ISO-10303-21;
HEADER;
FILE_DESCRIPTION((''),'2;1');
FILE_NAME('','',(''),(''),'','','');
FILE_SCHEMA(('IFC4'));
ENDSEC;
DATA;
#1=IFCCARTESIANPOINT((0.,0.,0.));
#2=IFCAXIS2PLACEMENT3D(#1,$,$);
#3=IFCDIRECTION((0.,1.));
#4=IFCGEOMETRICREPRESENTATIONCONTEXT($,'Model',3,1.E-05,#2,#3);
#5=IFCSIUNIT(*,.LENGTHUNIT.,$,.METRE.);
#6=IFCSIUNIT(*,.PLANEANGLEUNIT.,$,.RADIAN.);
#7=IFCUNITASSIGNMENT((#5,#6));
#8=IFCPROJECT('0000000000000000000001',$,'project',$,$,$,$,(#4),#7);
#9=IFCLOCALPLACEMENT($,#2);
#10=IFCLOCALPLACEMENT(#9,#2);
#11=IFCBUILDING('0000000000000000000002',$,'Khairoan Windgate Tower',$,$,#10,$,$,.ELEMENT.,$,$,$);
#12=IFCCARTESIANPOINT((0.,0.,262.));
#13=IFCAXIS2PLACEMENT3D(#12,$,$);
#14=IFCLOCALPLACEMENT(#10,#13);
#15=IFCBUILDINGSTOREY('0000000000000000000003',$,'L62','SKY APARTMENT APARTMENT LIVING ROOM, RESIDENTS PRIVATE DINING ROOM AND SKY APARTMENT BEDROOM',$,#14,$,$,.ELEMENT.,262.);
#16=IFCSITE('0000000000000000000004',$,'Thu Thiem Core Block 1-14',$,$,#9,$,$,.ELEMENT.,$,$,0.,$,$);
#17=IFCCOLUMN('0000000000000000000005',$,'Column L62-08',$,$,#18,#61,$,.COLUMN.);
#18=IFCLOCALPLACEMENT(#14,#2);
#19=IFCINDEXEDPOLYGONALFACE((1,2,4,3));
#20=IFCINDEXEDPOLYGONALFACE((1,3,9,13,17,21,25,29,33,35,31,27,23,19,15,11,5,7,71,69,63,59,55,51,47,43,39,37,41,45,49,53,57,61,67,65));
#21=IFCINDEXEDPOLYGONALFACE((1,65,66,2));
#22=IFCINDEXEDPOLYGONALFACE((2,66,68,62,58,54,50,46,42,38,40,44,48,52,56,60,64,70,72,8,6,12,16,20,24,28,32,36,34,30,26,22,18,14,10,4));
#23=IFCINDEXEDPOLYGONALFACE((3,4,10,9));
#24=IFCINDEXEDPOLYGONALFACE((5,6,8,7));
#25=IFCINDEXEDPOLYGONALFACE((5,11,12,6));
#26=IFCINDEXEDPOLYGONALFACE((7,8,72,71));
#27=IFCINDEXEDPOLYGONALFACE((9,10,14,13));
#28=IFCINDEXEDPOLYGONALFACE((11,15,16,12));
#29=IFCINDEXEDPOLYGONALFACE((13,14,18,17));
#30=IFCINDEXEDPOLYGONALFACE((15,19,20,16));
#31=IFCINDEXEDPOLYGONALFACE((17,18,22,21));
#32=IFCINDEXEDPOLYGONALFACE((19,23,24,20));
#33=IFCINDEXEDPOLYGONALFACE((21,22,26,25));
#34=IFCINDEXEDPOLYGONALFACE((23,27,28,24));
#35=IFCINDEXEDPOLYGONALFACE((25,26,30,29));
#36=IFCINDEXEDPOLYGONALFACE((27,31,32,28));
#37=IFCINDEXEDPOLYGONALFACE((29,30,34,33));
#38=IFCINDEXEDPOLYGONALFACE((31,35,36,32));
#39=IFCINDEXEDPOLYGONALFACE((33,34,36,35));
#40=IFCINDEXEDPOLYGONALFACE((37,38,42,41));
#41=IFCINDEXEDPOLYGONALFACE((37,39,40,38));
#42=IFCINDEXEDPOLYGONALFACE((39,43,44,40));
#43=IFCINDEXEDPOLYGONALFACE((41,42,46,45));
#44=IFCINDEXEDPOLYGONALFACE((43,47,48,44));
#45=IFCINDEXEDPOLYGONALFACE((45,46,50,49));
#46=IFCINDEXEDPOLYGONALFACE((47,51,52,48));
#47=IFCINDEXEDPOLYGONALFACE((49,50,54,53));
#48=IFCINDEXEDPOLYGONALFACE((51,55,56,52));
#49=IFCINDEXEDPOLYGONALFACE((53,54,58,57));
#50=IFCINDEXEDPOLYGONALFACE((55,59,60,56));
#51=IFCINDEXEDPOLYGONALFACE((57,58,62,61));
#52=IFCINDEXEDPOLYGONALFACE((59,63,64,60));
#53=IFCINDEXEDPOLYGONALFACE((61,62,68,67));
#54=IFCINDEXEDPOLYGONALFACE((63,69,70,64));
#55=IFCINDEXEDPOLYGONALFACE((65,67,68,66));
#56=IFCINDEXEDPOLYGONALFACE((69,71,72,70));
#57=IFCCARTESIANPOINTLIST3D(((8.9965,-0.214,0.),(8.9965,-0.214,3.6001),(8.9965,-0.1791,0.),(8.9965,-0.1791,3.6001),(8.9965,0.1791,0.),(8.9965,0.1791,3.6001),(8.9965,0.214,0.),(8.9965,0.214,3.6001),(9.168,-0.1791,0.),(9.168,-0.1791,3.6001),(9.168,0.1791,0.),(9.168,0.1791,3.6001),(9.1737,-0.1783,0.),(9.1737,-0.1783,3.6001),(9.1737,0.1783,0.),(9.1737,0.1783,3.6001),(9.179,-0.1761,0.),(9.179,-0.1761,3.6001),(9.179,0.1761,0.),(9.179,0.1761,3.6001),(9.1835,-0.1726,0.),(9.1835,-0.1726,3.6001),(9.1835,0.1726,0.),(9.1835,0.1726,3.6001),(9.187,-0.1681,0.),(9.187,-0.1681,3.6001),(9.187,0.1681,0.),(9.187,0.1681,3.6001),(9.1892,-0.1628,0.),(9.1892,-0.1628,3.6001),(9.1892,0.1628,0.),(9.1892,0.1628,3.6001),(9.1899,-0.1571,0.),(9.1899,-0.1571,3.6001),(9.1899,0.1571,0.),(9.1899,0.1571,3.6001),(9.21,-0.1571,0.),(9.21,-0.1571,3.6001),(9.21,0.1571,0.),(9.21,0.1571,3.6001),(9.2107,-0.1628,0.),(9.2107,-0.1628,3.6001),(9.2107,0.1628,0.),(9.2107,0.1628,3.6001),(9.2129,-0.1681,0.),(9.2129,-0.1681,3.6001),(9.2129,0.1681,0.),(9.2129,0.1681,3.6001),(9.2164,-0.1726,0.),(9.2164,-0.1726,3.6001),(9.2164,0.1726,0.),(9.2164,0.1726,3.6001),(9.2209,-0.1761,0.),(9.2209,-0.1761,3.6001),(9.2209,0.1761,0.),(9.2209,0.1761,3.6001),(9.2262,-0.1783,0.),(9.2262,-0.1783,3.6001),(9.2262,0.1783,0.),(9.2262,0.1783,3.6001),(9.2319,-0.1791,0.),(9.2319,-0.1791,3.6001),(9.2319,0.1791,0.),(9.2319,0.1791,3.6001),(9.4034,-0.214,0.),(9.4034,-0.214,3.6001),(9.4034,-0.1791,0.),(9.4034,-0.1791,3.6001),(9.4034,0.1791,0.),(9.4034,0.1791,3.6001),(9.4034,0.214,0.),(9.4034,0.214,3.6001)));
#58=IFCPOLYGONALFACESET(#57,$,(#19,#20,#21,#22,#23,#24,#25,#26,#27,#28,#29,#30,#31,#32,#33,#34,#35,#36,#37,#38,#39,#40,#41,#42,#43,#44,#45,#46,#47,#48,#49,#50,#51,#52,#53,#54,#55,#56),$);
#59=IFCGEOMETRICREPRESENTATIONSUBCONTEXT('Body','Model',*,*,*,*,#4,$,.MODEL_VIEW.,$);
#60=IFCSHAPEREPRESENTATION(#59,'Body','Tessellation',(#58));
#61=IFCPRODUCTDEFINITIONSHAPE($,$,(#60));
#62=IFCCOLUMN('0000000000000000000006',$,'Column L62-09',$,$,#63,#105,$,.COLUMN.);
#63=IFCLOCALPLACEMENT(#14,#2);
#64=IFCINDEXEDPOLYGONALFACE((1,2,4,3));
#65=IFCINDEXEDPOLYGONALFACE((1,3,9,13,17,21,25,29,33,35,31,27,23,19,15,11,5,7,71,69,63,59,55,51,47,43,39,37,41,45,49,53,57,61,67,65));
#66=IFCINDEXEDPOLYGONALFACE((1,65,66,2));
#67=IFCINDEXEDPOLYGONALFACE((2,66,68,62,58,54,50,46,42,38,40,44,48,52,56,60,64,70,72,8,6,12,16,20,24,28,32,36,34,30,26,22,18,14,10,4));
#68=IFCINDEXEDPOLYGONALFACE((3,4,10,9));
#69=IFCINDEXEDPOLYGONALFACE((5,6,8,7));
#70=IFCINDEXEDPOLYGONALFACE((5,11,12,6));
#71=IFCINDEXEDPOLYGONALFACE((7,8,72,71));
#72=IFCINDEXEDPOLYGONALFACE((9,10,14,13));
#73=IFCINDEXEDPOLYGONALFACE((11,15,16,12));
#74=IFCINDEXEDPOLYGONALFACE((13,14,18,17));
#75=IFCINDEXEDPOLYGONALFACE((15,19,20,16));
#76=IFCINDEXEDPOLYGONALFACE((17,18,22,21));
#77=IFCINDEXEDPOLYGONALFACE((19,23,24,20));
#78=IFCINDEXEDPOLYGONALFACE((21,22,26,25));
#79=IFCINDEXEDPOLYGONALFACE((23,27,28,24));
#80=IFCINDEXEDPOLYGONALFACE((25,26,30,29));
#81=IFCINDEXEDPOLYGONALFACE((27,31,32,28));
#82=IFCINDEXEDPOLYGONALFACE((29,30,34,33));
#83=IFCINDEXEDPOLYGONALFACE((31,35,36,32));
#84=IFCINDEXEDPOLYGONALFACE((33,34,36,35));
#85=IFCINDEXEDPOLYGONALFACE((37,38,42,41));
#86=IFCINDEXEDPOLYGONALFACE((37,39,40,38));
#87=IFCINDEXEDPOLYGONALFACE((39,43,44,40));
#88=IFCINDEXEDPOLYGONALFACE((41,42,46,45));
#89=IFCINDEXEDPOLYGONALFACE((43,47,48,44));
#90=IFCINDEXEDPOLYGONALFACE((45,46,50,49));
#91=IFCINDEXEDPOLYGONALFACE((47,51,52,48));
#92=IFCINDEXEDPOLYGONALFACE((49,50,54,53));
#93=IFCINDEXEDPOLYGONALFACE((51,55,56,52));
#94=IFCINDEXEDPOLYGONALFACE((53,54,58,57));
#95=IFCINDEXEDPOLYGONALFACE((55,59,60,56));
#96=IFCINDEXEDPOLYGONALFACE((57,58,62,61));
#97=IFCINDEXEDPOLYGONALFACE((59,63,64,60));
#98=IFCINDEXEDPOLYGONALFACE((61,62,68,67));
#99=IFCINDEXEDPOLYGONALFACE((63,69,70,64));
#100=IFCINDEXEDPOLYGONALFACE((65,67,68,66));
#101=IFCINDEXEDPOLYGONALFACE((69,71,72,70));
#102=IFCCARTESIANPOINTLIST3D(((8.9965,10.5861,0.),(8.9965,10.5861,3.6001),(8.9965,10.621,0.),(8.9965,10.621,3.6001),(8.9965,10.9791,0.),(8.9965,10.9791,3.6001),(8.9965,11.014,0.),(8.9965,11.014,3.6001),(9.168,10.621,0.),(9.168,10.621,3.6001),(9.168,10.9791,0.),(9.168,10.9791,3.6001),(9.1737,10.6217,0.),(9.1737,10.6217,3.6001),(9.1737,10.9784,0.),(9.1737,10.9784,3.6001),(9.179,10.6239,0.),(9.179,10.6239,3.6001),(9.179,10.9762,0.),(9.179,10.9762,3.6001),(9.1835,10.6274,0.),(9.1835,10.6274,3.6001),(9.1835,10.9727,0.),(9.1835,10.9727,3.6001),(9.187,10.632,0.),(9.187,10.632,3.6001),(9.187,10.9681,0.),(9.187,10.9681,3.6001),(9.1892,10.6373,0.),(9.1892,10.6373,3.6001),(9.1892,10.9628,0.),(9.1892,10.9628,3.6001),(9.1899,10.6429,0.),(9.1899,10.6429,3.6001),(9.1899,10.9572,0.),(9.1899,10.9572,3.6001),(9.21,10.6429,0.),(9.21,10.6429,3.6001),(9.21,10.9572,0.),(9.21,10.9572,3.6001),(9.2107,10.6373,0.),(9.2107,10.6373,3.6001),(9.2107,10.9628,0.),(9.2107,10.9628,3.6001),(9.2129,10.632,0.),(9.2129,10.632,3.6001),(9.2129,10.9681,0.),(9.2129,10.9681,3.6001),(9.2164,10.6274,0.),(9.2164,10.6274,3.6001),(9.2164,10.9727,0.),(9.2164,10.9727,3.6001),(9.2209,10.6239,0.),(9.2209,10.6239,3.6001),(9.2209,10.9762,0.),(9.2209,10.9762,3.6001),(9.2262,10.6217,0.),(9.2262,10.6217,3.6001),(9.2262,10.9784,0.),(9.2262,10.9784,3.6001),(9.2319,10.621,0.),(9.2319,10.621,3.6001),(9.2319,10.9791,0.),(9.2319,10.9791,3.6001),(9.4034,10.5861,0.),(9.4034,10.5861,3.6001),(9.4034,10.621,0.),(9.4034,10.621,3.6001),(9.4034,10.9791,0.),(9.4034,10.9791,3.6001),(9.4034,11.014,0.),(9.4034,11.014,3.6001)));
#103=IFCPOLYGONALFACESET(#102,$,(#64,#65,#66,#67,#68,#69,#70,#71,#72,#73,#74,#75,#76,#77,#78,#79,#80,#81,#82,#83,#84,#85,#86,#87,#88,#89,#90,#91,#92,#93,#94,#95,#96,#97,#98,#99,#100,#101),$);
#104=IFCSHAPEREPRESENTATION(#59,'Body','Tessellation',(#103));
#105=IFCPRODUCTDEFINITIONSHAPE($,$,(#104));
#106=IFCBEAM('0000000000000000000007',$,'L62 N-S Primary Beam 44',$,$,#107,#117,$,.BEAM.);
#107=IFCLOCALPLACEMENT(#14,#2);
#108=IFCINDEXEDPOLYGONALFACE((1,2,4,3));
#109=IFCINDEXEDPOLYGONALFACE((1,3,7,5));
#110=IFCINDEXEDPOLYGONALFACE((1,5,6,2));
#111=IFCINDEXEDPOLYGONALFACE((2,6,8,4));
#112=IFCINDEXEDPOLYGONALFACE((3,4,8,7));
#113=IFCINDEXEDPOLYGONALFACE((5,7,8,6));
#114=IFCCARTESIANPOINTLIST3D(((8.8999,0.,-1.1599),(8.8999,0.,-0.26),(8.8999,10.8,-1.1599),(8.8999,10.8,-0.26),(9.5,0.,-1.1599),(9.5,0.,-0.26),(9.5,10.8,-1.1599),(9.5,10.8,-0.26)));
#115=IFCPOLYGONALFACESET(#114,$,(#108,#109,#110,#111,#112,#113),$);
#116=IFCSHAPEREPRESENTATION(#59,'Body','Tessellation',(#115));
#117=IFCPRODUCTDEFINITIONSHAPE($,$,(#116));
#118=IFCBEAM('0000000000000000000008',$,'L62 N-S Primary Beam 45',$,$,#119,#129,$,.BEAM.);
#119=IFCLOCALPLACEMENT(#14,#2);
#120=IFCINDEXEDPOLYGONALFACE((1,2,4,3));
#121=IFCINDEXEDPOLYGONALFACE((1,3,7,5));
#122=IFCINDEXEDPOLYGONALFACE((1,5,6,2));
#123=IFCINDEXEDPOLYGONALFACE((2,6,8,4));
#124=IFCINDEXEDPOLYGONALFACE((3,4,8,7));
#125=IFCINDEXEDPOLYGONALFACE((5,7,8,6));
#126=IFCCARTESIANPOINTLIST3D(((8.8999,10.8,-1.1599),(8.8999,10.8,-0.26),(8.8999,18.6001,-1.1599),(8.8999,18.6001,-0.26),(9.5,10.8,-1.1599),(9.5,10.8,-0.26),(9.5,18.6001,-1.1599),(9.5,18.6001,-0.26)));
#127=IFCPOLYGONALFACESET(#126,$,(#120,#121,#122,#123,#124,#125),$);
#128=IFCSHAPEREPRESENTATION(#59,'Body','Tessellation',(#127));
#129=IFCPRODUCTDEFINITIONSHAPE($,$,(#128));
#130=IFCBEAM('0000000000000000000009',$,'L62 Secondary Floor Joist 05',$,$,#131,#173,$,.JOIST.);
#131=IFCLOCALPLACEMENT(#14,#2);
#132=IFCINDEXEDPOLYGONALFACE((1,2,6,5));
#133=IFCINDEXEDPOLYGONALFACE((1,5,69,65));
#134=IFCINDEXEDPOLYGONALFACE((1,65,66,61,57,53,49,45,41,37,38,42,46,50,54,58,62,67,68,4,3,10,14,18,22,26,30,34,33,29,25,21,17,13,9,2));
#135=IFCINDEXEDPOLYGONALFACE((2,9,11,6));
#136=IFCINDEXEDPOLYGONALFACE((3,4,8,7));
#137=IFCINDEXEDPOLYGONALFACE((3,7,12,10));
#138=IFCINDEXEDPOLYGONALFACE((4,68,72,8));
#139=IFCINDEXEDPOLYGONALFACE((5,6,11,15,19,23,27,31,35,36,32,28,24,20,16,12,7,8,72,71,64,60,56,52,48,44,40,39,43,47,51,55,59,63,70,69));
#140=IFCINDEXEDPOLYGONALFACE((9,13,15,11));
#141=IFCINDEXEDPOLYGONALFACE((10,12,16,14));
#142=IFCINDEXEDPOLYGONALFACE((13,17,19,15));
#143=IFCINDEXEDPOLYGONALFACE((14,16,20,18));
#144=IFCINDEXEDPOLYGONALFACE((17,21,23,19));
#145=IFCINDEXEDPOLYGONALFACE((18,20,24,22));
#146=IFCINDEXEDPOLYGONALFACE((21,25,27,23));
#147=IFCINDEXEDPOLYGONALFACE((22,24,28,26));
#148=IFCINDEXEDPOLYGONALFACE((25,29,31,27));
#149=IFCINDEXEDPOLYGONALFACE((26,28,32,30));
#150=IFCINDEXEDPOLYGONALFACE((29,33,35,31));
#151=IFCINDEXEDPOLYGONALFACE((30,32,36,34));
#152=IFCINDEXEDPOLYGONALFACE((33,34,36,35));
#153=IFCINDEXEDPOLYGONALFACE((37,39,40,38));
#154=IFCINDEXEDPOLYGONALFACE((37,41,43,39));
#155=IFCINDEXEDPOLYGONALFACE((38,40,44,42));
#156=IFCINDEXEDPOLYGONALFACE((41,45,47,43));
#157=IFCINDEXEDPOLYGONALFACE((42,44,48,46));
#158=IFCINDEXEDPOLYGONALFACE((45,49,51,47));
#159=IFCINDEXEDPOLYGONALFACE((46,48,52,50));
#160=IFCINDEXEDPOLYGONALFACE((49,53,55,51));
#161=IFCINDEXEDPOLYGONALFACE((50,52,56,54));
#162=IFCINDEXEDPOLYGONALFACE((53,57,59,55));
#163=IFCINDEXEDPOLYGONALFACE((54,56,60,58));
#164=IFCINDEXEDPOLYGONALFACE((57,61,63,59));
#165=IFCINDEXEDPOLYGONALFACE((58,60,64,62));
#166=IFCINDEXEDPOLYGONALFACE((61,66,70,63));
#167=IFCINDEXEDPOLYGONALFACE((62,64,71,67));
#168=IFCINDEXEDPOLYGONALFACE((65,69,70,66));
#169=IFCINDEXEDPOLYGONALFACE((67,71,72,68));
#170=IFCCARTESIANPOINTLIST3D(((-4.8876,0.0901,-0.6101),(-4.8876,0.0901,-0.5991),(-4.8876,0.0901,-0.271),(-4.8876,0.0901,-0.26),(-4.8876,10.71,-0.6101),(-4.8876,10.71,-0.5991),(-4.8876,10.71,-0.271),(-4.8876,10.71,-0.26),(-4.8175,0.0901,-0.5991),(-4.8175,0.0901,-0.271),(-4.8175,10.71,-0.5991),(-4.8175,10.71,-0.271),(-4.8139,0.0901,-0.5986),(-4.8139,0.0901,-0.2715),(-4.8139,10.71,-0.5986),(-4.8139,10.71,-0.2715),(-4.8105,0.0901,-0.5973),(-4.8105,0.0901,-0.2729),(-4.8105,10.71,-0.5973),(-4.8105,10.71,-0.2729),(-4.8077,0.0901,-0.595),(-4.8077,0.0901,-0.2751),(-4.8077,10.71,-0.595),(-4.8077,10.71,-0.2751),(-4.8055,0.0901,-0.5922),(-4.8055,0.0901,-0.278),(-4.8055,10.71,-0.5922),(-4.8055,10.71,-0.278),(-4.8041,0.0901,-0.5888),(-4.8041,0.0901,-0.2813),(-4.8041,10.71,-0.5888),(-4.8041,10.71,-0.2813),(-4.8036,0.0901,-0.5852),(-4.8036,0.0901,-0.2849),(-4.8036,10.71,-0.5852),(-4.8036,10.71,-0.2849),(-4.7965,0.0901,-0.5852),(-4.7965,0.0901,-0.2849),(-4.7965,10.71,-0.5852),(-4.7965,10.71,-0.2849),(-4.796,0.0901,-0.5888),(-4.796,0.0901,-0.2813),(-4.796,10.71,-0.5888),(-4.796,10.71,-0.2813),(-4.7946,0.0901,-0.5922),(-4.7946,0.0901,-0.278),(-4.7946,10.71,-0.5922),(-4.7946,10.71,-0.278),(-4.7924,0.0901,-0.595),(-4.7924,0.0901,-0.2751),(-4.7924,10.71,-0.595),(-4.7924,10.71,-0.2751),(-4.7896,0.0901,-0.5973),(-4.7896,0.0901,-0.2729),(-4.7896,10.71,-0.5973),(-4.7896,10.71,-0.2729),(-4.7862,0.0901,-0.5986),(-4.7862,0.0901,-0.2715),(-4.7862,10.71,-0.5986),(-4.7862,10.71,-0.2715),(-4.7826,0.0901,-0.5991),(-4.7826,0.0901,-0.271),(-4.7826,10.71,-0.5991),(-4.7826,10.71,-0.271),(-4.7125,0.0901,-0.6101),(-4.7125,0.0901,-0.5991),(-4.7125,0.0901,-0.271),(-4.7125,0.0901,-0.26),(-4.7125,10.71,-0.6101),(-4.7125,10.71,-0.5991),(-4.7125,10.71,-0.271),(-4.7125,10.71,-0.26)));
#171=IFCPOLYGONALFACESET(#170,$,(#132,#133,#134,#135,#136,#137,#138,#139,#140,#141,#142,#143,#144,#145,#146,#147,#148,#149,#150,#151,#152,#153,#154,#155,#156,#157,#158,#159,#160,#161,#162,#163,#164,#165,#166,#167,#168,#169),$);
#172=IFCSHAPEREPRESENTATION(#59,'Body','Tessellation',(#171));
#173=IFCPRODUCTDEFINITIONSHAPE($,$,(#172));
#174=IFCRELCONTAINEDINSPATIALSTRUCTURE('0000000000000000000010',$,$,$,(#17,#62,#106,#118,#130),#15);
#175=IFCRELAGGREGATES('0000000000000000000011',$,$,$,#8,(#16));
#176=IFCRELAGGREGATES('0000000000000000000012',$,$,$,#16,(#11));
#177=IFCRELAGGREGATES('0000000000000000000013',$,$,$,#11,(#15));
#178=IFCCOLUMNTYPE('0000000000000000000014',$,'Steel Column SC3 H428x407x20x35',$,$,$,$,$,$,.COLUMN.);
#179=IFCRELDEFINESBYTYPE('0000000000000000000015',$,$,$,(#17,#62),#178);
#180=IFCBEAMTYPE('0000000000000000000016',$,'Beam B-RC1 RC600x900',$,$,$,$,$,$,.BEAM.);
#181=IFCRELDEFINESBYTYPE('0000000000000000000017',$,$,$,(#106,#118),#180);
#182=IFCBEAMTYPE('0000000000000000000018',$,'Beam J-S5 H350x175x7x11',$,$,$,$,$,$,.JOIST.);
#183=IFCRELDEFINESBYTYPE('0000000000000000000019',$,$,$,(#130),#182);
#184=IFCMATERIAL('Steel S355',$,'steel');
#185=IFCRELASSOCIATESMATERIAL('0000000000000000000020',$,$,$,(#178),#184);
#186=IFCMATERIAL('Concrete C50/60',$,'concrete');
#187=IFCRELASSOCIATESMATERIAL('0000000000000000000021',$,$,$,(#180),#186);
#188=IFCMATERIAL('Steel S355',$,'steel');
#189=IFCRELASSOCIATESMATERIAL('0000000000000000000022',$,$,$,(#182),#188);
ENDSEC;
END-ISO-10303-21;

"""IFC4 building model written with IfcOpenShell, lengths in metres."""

from ifc_helpers import new_model, si_unit, direction, frame, origin, origin_2d, place, context, subcontext, project, spatial, rectangle, i_section, extrude, material, material_profile, profile_set, type_object, element, save


model = new_model("IFC4")

# Units and contexts
model_context = context("Model", 3, precision=1e-05, world=origin(), true_north=direction((0.0, 1.0)))
body_context = subcontext(model_context, "Body", "Model", "MODEL_VIEW")
ifc_project = project(units=[si_unit("LENGTHUNIT", "METRE"), si_unit("PLANEANGLEUNIT", "RADIAN")], contexts=[model_context])

# Site, building, storey
site_placement = place(None, origin())
site = spatial("IfcSite", under=ifc_project, at=site_placement, Name="Thu Thiem Core Block 1-14", CompositionType="ELEMENT", RefElevation=0.0)
building_placement = place(site_placement, origin())
building = spatial("IfcBuilding", under=site, at=building_placement, Name="Khairoan Windgate Tower", CompositionType="ELEMENT")
storey_placement = place(building_placement, frame((0.0, 0.0, 262.0)))
storey = spatial("IfcBuildingStorey", under=building, at=storey_placement, Name="L62", Description="SKY APARTMENT APARTMENT LIVING ROOM, RESIDENTS PRIVATE DINING ROOM AND SKY APARTMENT BEDROOM", CompositionType="ELEMENT", Elevation=262.0)

# Columns
ifc_material_1 = material(Name="Steel S355", Category="steel")
ifc_material_profile_1 = material_profile(ifc_material_1, i_section(OverallWidth=0.407, OverallDepth=0.428, WebThickness=0.02, FlangeThickness=0.0349, FilletRadius=0.022, at=origin_2d()))
ifc_profile_set_1 = profile_set([ifc_material_profile_1], Name="Steel S355")
column_type = type_object("IfcColumnType", Name="Steel Column SC3 H428x407x20x35", PredefinedType="COLUMN", material=ifc_profile_set_1)
for number, where, z_axis, x_axis, name in (
    (1, (9.2, 0.0, 0.0), (0.0, 0.0, 1.0), (1.0, 0.0, 0.0), "Column L62-08"),
    (2, (9.2, 10.8, 0.0), (0.0, 0.0, 1.0), (1.0, 0.0, 0.0), "Column L62-09"),
):
    element("IfcColumn", number, at=place(storey_placement, frame(where, z_axis=z_axis, x_axis=x_axis)), inside=storey, type_object=column_type, Name=name, PredefinedType="COLUMN", context=body_context, shape_type="SweptSolid", body=[
        extrude(i_section(OverallWidth=0.407, OverallDepth=0.428, WebThickness=0.02, FlangeThickness=0.0349, FilletRadius=0.022, at=origin_2d()), origin(), (0.0, 0.0, 1.0), 3.6001),
    ])

# Beams
ifc_material_2 = material(Name="Concrete C50/60", Category="concrete")
ifc_material_profile_2 = material_profile(ifc_material_2, rectangle(XDim=0.6001, YDim=0.8999, at=origin_2d()))
ifc_profile_set_2 = profile_set([ifc_material_profile_2], Name="Concrete C50/60")
beam_type_1 = type_object("IfcBeamType", Name="Beam B-RC1 RC600x900", PredefinedType="BEAM", material=ifc_profile_set_2)
beam_1_placement = place(storey_placement, frame((9.2, 0.0, -0.71), z_axis=(0.0, 1.0, 0.0), x_axis=(-1.0, 0.0, 0.0)))
element("IfcBeam", 3, at=beam_1_placement, inside=storey, type_object=beam_type_1, Name="L62 N-S Primary Beam 44", PredefinedType="BEAM", context=body_context, shape_type="SweptSolid", body=[
    extrude(rectangle(XDim=0.6001, YDim=0.8999, at=origin_2d()), origin(), (0.0, 0.0, 1.0), 10.8),
])
beam_2_placement = place(storey_placement, frame((9.2, 10.8, -0.71), z_axis=(0.0, 1.0, 0.0), x_axis=(-1.0, 0.0, 0.0)))
element("IfcBeam", 4, at=beam_2_placement, inside=storey, type_object=beam_type_1, Name="L62 N-S Primary Beam 45", PredefinedType="BEAM", context=body_context, shape_type="SweptSolid", body=[
    extrude(rectangle(XDim=0.6001, YDim=0.8999, at=origin_2d()), origin(), (0.0, 0.0, 1.0), 7.8),
])
ifc_material_3 = material(Name="Steel S355", Category="steel")
ifc_material_profile_3 = material_profile(ifc_material_3, i_section(OverallWidth=0.175, OverallDepth=0.3501, WebThickness=0.0071, FlangeThickness=0.011, FilletRadius=0.0139, at=origin_2d()))
ifc_profile_set_3 = profile_set([ifc_material_profile_3], Name="Steel S355")
beam_type_2 = type_object("IfcBeamType", Name="Beam J-S5 H350x175x7x11", PredefinedType="JOIST", material=ifc_profile_set_3)
beam_3_placement = place(storey_placement, frame((-4.8, 0.0901, -0.4351), z_axis=(0.0, 1.0, 0.0), x_axis=(-1.0, 0.0, 0.0)))
element("IfcBeam", 5, at=beam_3_placement, inside=storey, type_object=beam_type_2, Name="L62 Secondary Floor Joist 05", PredefinedType="JOIST", context=body_context, shape_type="SweptSolid", body=[
    extrude(i_section(OverallWidth=0.175, OverallDepth=0.3501, WebThickness=0.0071, FlangeThickness=0.011, FilletRadius=0.0139, at=origin_2d()), origin(), (0.0, 0.0, 1.0), 10.6199),
])

save(model, "model.ifc")
